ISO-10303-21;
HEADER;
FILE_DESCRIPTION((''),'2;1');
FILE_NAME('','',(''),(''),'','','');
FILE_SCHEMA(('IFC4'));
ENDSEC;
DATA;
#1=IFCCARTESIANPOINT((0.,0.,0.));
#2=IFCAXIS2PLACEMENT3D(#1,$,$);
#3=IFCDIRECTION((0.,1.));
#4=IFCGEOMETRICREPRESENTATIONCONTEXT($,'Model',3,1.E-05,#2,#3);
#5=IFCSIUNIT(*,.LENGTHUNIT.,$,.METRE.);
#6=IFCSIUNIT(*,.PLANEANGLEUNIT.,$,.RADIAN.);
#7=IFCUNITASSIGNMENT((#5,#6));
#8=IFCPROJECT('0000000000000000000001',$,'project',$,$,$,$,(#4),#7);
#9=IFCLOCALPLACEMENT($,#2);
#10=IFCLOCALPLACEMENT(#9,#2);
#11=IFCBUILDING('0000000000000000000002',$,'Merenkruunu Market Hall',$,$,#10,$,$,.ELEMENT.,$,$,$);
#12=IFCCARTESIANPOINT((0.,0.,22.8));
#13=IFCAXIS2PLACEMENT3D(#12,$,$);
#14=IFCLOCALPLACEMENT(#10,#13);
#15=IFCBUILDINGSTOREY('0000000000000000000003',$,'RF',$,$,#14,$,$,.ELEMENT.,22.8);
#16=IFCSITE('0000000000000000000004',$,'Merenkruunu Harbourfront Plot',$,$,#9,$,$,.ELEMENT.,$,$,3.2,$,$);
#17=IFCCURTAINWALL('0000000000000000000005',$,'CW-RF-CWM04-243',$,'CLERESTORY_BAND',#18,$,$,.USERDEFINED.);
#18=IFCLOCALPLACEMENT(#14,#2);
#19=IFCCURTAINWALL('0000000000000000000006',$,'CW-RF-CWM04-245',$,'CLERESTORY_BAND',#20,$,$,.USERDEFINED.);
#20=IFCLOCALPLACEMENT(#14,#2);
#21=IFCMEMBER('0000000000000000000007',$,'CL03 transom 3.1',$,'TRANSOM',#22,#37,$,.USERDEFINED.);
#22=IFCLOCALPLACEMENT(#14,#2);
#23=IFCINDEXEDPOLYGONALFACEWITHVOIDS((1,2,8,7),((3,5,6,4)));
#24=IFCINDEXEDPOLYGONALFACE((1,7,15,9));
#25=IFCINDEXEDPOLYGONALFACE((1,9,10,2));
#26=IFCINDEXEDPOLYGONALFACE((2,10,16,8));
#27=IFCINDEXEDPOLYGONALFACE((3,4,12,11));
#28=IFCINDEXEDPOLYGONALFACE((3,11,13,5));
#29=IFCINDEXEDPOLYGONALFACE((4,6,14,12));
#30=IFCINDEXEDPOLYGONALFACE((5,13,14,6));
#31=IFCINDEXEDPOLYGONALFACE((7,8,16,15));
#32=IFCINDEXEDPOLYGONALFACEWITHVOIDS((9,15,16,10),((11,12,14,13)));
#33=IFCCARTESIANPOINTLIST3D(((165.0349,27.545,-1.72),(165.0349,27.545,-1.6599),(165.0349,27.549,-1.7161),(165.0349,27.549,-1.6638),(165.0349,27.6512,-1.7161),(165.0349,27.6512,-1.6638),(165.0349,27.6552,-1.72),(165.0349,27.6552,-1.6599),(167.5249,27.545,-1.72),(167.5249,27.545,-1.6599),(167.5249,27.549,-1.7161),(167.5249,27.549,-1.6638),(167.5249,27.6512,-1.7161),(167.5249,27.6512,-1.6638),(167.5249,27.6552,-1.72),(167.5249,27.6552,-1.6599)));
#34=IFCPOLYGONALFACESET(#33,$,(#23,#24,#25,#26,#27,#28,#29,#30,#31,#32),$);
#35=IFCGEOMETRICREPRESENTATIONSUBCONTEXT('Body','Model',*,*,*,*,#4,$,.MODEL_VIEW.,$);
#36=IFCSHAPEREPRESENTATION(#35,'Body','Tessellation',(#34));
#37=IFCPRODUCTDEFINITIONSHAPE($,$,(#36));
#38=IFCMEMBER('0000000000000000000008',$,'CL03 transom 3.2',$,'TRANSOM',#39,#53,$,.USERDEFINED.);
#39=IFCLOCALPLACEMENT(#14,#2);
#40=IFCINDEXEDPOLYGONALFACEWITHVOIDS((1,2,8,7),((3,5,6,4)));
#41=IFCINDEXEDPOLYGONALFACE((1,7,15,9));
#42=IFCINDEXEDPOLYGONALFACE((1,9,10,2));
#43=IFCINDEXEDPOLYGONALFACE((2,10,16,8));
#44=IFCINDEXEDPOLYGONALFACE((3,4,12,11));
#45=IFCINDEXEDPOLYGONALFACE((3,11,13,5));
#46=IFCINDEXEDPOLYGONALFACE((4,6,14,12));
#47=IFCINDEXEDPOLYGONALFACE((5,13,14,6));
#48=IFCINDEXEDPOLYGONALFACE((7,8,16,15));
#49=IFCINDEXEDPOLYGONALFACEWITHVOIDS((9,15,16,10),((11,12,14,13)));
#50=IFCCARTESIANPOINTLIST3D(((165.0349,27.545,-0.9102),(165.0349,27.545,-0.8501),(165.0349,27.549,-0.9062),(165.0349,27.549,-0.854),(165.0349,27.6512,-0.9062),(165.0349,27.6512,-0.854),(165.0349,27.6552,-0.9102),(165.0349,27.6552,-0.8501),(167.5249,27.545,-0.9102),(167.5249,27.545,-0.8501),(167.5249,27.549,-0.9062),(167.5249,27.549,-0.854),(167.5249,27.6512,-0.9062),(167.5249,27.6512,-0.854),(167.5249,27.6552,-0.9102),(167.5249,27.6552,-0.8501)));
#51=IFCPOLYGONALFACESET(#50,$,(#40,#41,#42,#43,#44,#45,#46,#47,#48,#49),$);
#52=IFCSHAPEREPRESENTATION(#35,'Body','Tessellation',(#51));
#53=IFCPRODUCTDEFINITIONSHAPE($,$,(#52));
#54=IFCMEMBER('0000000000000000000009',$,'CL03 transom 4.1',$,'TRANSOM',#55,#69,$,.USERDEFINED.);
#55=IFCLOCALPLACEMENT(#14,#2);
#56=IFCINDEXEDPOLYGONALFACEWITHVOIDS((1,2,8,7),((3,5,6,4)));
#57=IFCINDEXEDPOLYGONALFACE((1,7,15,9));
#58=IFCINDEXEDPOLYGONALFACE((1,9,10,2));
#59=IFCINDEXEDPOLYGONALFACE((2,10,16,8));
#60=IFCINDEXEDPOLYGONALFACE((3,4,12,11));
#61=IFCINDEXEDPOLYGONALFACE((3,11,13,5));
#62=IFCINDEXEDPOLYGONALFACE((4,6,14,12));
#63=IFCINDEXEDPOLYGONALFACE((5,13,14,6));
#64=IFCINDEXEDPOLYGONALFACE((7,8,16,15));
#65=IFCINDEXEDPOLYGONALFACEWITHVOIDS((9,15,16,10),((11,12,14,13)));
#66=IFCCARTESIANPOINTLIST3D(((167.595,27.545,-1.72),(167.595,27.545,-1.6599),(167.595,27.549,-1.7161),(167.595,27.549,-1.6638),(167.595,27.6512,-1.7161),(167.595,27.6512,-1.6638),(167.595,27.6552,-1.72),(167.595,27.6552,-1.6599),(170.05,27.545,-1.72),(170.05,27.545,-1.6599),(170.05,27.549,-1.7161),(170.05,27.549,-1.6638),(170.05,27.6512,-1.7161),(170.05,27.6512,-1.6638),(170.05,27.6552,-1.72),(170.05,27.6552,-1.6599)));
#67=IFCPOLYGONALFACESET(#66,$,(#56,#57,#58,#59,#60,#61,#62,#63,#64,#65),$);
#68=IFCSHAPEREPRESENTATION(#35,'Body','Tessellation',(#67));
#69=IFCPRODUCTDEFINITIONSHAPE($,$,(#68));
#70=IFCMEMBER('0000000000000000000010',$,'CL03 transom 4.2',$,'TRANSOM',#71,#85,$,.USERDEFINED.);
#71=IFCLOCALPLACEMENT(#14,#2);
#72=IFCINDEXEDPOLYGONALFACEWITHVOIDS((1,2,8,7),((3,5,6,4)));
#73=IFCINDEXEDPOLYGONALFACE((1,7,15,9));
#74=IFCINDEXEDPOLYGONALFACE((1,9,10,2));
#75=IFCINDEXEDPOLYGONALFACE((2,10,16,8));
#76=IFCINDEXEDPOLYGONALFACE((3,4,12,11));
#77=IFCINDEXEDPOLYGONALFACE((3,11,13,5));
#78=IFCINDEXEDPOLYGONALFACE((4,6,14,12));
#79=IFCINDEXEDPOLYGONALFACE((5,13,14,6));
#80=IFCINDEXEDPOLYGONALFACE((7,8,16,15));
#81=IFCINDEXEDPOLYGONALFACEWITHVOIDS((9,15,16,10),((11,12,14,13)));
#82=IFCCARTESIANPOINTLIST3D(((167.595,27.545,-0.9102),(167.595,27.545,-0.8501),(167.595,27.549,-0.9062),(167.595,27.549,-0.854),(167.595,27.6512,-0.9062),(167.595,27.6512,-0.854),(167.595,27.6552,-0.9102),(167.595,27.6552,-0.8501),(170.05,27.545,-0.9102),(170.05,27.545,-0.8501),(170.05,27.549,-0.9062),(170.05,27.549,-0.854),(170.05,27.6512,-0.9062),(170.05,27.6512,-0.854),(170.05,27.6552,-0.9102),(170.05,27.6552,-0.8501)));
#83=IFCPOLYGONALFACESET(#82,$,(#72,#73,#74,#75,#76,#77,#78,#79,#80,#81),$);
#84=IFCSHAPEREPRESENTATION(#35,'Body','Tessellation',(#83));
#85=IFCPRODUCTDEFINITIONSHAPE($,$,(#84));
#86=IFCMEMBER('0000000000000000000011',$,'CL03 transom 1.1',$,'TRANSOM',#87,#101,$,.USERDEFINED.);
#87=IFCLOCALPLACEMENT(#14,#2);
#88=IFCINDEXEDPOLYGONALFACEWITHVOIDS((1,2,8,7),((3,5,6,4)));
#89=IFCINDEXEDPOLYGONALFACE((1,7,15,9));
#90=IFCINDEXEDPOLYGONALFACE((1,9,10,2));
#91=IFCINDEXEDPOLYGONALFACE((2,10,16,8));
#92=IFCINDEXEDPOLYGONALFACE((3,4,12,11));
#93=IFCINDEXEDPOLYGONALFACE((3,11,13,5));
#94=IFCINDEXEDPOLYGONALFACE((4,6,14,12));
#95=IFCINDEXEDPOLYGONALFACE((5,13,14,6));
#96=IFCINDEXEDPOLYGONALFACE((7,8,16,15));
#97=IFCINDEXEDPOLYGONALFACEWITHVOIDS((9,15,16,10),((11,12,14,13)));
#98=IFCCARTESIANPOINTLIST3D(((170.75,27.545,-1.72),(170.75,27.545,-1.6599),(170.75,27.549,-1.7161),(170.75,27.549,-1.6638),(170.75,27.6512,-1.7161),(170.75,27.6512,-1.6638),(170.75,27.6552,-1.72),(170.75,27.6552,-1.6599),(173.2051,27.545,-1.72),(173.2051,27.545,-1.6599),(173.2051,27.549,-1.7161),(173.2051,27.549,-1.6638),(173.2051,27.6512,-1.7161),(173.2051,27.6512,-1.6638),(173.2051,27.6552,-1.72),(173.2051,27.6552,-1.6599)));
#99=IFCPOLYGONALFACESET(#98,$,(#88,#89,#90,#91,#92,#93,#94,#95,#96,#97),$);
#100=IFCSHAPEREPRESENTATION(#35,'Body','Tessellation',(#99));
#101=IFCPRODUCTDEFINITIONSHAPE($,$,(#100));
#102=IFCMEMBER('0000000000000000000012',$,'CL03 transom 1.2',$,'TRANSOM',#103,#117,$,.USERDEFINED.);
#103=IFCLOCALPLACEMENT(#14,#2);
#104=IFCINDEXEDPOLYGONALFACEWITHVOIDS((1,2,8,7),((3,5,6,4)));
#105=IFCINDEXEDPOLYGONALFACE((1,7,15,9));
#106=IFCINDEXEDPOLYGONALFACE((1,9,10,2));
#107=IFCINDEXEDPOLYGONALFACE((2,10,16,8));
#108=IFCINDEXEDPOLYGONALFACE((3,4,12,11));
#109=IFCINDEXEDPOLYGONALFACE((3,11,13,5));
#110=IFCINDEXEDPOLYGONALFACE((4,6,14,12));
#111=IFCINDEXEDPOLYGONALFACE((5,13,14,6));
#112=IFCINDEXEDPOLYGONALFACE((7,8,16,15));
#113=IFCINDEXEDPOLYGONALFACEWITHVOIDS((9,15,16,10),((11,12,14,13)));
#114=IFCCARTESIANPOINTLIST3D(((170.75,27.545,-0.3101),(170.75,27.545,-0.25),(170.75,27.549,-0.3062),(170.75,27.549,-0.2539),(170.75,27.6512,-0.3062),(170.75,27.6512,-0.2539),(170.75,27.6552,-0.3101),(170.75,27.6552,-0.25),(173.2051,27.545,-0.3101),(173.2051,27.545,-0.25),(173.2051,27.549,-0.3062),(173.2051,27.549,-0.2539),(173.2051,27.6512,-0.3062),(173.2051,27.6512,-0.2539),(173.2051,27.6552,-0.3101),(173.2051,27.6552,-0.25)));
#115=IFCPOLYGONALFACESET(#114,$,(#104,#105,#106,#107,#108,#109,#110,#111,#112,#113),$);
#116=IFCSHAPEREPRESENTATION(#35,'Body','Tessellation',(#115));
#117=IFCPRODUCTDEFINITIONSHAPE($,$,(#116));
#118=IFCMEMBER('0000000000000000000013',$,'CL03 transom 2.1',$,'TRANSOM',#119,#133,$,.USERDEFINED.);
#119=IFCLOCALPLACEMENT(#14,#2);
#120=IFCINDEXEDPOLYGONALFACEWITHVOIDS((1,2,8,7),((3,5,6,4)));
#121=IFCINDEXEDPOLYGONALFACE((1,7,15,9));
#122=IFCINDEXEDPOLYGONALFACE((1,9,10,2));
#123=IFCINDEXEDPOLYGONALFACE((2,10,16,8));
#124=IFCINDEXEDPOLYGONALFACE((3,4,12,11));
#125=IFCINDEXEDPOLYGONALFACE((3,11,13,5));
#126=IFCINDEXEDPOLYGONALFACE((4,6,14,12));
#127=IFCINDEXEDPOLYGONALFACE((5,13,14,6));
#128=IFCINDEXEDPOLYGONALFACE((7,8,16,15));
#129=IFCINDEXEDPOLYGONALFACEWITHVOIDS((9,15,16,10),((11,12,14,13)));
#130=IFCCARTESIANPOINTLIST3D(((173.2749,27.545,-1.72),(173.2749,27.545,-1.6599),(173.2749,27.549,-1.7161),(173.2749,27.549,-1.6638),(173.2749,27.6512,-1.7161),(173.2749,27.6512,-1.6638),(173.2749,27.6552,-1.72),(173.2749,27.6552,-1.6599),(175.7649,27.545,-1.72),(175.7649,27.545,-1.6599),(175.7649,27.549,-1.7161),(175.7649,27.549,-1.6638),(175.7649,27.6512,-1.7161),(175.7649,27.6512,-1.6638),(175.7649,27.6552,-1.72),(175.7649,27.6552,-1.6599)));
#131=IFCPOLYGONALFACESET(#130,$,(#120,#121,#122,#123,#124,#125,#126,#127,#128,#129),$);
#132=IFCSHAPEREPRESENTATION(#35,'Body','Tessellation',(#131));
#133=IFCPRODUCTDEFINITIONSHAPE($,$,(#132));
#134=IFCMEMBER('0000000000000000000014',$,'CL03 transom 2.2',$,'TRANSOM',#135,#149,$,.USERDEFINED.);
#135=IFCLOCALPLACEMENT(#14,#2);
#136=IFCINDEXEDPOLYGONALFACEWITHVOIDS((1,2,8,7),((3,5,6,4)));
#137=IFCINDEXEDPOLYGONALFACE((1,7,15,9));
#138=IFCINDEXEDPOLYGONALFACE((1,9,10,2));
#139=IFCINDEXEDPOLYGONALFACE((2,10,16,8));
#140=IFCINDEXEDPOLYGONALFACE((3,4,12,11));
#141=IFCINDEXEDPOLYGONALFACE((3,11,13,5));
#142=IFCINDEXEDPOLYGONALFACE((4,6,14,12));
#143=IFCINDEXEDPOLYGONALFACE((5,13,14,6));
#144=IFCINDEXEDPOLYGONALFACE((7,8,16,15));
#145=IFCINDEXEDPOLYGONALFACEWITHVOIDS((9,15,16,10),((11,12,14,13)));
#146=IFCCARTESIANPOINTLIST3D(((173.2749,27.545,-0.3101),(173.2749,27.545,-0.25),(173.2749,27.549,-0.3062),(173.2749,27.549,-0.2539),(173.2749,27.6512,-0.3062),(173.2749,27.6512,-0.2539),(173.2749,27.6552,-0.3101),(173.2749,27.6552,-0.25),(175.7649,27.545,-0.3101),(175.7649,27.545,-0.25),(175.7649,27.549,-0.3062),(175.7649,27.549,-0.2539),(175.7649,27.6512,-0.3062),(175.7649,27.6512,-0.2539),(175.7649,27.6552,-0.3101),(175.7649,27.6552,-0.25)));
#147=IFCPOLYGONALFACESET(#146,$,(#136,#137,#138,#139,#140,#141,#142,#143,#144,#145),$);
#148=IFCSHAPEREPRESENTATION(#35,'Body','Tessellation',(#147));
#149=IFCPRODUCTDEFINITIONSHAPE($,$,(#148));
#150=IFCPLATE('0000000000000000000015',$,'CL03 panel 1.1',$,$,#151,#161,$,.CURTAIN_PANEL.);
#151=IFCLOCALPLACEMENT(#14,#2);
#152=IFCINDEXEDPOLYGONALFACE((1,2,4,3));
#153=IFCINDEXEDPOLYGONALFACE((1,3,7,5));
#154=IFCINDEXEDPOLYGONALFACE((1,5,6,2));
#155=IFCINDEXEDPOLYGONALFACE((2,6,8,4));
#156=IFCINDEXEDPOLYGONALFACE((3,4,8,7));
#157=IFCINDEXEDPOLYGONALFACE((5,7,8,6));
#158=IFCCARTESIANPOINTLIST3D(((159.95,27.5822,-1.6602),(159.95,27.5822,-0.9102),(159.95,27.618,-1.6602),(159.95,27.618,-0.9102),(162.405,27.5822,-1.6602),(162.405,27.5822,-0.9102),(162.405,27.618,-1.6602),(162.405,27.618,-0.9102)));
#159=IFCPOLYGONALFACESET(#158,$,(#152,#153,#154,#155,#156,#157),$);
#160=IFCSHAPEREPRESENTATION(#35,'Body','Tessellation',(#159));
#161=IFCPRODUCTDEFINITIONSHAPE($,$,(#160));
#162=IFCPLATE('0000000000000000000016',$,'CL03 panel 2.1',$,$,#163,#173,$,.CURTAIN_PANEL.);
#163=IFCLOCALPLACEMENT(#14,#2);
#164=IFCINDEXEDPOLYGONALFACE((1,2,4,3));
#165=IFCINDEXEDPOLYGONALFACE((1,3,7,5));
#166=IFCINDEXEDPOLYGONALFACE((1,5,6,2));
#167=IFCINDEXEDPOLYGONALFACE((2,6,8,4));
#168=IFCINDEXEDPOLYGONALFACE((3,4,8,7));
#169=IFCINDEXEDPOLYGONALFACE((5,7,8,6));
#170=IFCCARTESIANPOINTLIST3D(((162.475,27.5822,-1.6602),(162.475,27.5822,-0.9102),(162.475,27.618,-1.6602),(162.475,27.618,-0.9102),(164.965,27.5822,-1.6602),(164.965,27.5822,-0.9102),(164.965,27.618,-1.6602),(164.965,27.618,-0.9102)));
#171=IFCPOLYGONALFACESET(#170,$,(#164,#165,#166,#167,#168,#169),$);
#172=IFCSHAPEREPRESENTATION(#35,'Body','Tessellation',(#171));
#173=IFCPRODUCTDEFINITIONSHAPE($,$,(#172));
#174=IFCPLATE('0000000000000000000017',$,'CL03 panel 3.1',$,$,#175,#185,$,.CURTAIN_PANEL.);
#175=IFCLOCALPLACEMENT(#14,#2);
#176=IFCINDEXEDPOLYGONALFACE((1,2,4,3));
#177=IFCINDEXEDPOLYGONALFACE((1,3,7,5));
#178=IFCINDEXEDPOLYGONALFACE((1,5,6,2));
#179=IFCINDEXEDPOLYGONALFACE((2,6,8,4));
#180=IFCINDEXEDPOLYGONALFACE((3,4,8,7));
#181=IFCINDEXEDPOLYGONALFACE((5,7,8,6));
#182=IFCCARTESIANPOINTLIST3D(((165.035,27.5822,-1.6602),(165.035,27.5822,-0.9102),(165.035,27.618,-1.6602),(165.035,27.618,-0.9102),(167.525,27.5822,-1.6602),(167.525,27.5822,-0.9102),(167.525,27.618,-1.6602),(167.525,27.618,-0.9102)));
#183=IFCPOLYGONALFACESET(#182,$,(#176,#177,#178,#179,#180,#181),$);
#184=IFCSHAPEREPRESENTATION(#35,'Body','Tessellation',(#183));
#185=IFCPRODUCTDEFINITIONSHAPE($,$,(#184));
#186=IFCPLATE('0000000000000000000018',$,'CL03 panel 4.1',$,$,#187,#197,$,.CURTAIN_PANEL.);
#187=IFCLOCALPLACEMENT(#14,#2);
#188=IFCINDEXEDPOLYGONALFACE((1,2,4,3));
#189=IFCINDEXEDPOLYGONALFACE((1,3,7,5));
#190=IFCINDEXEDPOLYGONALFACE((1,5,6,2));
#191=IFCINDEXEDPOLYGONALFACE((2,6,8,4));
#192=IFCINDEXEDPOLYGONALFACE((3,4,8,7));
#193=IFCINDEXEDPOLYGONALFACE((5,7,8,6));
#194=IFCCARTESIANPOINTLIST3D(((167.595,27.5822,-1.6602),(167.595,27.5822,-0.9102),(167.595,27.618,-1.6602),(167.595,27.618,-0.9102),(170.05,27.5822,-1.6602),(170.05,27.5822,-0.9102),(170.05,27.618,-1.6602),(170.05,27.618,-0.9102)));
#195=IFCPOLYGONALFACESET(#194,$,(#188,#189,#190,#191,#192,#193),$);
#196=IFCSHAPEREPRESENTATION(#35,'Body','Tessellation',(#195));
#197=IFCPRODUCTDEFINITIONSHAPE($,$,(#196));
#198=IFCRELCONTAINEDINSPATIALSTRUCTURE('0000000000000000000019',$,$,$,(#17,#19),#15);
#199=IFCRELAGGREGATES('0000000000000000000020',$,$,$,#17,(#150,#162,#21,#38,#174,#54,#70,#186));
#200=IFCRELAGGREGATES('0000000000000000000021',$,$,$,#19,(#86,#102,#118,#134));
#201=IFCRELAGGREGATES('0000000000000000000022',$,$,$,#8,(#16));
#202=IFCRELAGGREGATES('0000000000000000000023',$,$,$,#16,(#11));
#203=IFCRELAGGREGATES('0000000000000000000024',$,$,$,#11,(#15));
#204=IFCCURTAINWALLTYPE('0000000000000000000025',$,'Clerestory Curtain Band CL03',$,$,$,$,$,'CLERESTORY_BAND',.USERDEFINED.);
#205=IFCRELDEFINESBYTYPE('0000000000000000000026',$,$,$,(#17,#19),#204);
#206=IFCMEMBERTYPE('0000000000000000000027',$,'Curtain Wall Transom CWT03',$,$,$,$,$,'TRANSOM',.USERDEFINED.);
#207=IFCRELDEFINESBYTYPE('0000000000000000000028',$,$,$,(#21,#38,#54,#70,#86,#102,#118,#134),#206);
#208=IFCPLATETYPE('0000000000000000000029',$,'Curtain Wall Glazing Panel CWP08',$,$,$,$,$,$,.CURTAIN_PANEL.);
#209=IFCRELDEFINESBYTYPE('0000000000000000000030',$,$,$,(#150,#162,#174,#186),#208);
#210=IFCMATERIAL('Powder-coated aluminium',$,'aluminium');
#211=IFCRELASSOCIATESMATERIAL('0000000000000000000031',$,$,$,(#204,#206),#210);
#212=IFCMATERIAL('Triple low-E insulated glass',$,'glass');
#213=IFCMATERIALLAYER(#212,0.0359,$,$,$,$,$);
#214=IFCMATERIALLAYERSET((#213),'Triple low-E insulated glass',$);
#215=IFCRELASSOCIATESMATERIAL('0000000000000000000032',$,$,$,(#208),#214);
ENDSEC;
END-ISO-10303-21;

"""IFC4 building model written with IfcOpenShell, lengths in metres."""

from ifc_helpers import new_model, si_unit, direction, frame, origin, origin_2d, place, context, subcontext, project, spatial, rectangle, hollow_rectangle, extrude, material, layer, layer_set, material_profile, profile_set, type_object, element, aggregate, save


model = new_model("IFC4")

# Units and contexts
model_context = context("Model", 3, precision=1e-05, world=origin(), true_north=direction((0.0, 1.0)))
body_context = subcontext(model_context, "Body", "Model", "MODEL_VIEW")
ifc_project = project(units=[si_unit("LENGTHUNIT", "METRE"), si_unit("PLANEANGLEUNIT", "RADIAN")], contexts=[model_context])

# Site, building, storey
site_placement = place(None, origin())
site = spatial("IfcSite", under=ifc_project, at=site_placement, Name="Merenkruunu Harbourfront Plot", CompositionType="ELEMENT", RefElevation=3.2)
building_placement = place(site_placement, origin())
building = spatial("IfcBuilding", under=site, at=building_placement, Name="Merenkruunu Market Hall", CompositionType="ELEMENT")
storey_placement = place(building_placement, frame((0.0, 0.0, 22.8)))
storey = spatial("IfcBuildingStorey", under=building, at=storey_placement, Name="RF", CompositionType="ELEMENT", Elevation=22.8)

# Curtain walls
ifc_material_1 = material(Name="Powder-coated aluminium", Category="aluminium")
curtain_wall_type = type_object("IfcCurtainWallType", Name="Clerestory Curtain Band CL03", ElementType="CLERESTORY_BAND", PredefinedType="USERDEFINED", material=ifc_material_1)
curtain_wall_1_placement = place(storey_placement, origin())
curtain_wall_1 = element("IfcCurtainWall", 1, at=curtain_wall_1_placement, inside=storey, type_object=curtain_wall_type, Name="CW-RF-CWM04-243", ObjectType="CLERESTORY_BAND", PredefinedType="USERDEFINED")
curtain_wall_2_placement = place(storey_placement, origin())
curtain_wall_2 = element("IfcCurtainWall", 2, at=curtain_wall_2_placement, inside=storey, type_object=curtain_wall_type, Name="CW-RF-CWM04-245", ObjectType="CLERESTORY_BAND", PredefinedType="USERDEFINED")

# Members
ifc_material_profile_1 = material_profile(ifc_material_1, hollow_rectangle(XDim=0.0601, YDim=0.1101, WallThickness=0.0039, at=origin_2d()), Name="ALU 60x110x4")
ifc_profile_set_1 = profile_set([ifc_material_profile_1], Name="Powder-coated aluminium")
member_type_1 = type_object("IfcMemberType", Name="Curtain Wall Transom CWT03", ElementType="TRANSOM", PredefinedType="USERDEFINED", material=ifc_profile_set_1)
member_1_placement = place(storey_placement, frame((165.0349, 27.6001, -1.6899), z_axis=(1.0, 0.0, 0.0), x_axis=(0.0, 0.0, 1.0)))
member_1 = element("IfcMember", 3, at=member_1_placement, type_object=member_type_1, Name="CL03 transom 3.1", ObjectType="TRANSOM", PredefinedType="USERDEFINED", context=body_context, shape_type="SweptSolid", body=[
    extrude(hollow_rectangle(XDim=0.0601, YDim=0.1101, WallThickness=0.0039, at=origin_2d()), origin(), (0.0, 0.0, 1.0), 2.49),
])
member_2_placement = place(storey_placement, frame((165.0349, 27.6001, -0.8801), z_axis=(1.0, 0.0, 0.0), x_axis=(0.0, 0.0, 1.0)))
member_2 = element("IfcMember", 4, at=member_2_placement, type_object=member_type_1, Name="CL03 transom 3.2", ObjectType="TRANSOM", PredefinedType="USERDEFINED", context=body_context, shape_type="SweptSolid", body=[
    extrude(hollow_rectangle(XDim=0.0601, YDim=0.1101, WallThickness=0.0039, at=origin_2d()), origin(), (0.0, 0.0, 1.0), 2.49),
])
member_3_placement = place(storey_placement, frame((167.595, 27.6001, -1.6899), z_axis=(1.0, 0.0, 0.0), x_axis=(0.0, 0.0, 1.0)))
member_3 = element("IfcMember", 5, at=member_3_placement, type_object=member_type_1, Name="CL03 transom 4.1", ObjectType="TRANSOM", PredefinedType="USERDEFINED", context=body_context, shape_type="SweptSolid", body=[
    extrude(hollow_rectangle(XDim=0.0601, YDim=0.1101, WallThickness=0.0039, at=origin_2d()), origin(), (0.0, 0.0, 1.0), 2.4551),
])
member_4_placement = place(storey_placement, frame((167.595, 27.6001, -0.8801), z_axis=(1.0, 0.0, 0.0), x_axis=(0.0, 0.0, 1.0)))
member_4 = element("IfcMember", 6, at=member_4_placement, type_object=member_type_1, Name="CL03 transom 4.2", ObjectType="TRANSOM", PredefinedType="USERDEFINED", context=body_context, shape_type="SweptSolid", body=[
    extrude(hollow_rectangle(XDim=0.0601, YDim=0.1101, WallThickness=0.0039, at=origin_2d()), origin(), (0.0, 0.0, 1.0), 2.4551),
])
member_5_placement = place(storey_placement, frame((170.75, 27.6001, -1.6899), z_axis=(1.0, 0.0, 0.0), x_axis=(0.0, 0.0, 1.0)))
member_5 = element("IfcMember", 7, at=member_5_placement, type_object=member_type_1, Name="CL03 transom 1.1", ObjectType="TRANSOM", PredefinedType="USERDEFINED", context=body_context, shape_type="SweptSolid", body=[
    extrude(hollow_rectangle(XDim=0.0601, YDim=0.1101, WallThickness=0.0039, at=origin_2d()), origin(), (0.0, 0.0, 1.0), 2.4551),
])
member_6_placement = place(storey_placement, frame((170.75, 27.6001, -0.28), z_axis=(1.0, 0.0, 0.0), x_axis=(0.0, 0.0, 1.0)))
member_6 = element("IfcMember", 8, at=member_6_placement, type_object=member_type_1, Name="CL03 transom 1.2", ObjectType="TRANSOM", PredefinedType="USERDEFINED", context=body_context, shape_type="SweptSolid", body=[
    extrude(hollow_rectangle(XDim=0.0601, YDim=0.1101, WallThickness=0.0039, at=origin_2d()), origin(), (0.0, 0.0, 1.0), 2.4551),
])
member_7_placement = place(storey_placement, frame((173.2749, 27.6001, -1.6899), z_axis=(1.0, 0.0, 0.0), x_axis=(0.0, 0.0, 1.0)))
member_7 = element("IfcMember", 9, at=member_7_placement, type_object=member_type_1, Name="CL03 transom 2.1", ObjectType="TRANSOM", PredefinedType="USERDEFINED", context=body_context, shape_type="SweptSolid", body=[
    extrude(hollow_rectangle(XDim=0.0601, YDim=0.1101, WallThickness=0.0039, at=origin_2d()), origin(), (0.0, 0.0, 1.0), 2.49),
])
member_8_placement = place(storey_placement, frame((173.2749, 27.6001, -0.28), z_axis=(1.0, 0.0, 0.0), x_axis=(0.0, 0.0, 1.0)))
member_8 = element("IfcMember", 10, at=member_8_placement, type_object=member_type_1, Name="CL03 transom 2.2", ObjectType="TRANSOM", PredefinedType="USERDEFINED", context=body_context, shape_type="SweptSolid", body=[
    extrude(hollow_rectangle(XDim=0.0601, YDim=0.1101, WallThickness=0.0039, at=origin_2d()), origin(), (0.0, 0.0, 1.0), 2.49),
])

# Plates
ifc_material_2 = material(Name="Triple low-E insulated glass", Category="glass")
ifc_layer_1 = layer(ifc_material_2, 0.0359)
ifc_layer_set_1 = layer_set([ifc_layer_1], Name="Triple low-E insulated glass")
plate_type = type_object("IfcPlateType", Name="Curtain Wall Glazing Panel CWP08", PredefinedType="CURTAIN_PANEL", material=ifc_layer_set_1)
plate_1_placement = place(storey_placement, frame((161.1775, 27.6001, -1.6602), z_axis=(0.0, 0.0, 1.0), x_axis=(1.0, 0.0, 0.0)))
plate_1 = element("IfcPlate", 11, at=plate_1_placement, type_object=plate_type, Name="CL03 panel 1.1", PredefinedType="CURTAIN_PANEL", context=body_context, shape_type="SweptSolid", body=[
    extrude(rectangle(XDim=2.4551, YDim=0.0359, at=origin_2d()), origin(), (0.0, 0.0, 1.0), 0.75),
])
plate_2_placement = place(storey_placement, frame((163.72, 27.6001, -1.6602), z_axis=(0.0, 0.0, 1.0), x_axis=(1.0, 0.0, 0.0)))
plate_2 = element("IfcPlate", 12, at=plate_2_placement, type_object=plate_type, Name="CL03 panel 2.1", PredefinedType="CURTAIN_PANEL", context=body_context, shape_type="SweptSolid", body=[
    extrude(rectangle(XDim=2.49, YDim=0.0359, at=origin_2d()), origin(), (0.0, 0.0, 1.0), 0.75),
])
plate_3_placement = place(storey_placement, frame((166.28, 27.6001, -1.6602), z_axis=(0.0, 0.0, 1.0), x_axis=(1.0, 0.0, 0.0)))
plate_3 = element("IfcPlate", 13, at=plate_3_placement, type_object=plate_type, Name="CL03 panel 3.1", PredefinedType="CURTAIN_PANEL", context=body_context, shape_type="SweptSolid", body=[
    extrude(rectangle(XDim=2.49, YDim=0.0359, at=origin_2d()), origin(), (0.0, 0.0, 1.0), 0.75),
])
plate_4_placement = place(storey_placement, frame((168.8225, 27.6001, -1.6602), z_axis=(0.0, 0.0, 1.0), x_axis=(1.0, 0.0, 0.0)))
plate_4 = element("IfcPlate", 14, at=plate_4_placement, type_object=plate_type, Name="CL03 panel 4.1", PredefinedType="CURTAIN_PANEL", context=body_context, shape_type="SweptSolid", body=[
    extrude(rectangle(XDim=2.4551, YDim=0.0359, at=origin_2d()), origin(), (0.0, 0.0, 1.0), 0.75),
])
aggregate(curtain_wall_1, [plate_1, plate_2, member_1, member_2, plate_3, member_3, member_4, plate_4])
aggregate(curtain_wall_2, [member_5, member_6, member_7, member_8])

save(model, "model.ifc")
